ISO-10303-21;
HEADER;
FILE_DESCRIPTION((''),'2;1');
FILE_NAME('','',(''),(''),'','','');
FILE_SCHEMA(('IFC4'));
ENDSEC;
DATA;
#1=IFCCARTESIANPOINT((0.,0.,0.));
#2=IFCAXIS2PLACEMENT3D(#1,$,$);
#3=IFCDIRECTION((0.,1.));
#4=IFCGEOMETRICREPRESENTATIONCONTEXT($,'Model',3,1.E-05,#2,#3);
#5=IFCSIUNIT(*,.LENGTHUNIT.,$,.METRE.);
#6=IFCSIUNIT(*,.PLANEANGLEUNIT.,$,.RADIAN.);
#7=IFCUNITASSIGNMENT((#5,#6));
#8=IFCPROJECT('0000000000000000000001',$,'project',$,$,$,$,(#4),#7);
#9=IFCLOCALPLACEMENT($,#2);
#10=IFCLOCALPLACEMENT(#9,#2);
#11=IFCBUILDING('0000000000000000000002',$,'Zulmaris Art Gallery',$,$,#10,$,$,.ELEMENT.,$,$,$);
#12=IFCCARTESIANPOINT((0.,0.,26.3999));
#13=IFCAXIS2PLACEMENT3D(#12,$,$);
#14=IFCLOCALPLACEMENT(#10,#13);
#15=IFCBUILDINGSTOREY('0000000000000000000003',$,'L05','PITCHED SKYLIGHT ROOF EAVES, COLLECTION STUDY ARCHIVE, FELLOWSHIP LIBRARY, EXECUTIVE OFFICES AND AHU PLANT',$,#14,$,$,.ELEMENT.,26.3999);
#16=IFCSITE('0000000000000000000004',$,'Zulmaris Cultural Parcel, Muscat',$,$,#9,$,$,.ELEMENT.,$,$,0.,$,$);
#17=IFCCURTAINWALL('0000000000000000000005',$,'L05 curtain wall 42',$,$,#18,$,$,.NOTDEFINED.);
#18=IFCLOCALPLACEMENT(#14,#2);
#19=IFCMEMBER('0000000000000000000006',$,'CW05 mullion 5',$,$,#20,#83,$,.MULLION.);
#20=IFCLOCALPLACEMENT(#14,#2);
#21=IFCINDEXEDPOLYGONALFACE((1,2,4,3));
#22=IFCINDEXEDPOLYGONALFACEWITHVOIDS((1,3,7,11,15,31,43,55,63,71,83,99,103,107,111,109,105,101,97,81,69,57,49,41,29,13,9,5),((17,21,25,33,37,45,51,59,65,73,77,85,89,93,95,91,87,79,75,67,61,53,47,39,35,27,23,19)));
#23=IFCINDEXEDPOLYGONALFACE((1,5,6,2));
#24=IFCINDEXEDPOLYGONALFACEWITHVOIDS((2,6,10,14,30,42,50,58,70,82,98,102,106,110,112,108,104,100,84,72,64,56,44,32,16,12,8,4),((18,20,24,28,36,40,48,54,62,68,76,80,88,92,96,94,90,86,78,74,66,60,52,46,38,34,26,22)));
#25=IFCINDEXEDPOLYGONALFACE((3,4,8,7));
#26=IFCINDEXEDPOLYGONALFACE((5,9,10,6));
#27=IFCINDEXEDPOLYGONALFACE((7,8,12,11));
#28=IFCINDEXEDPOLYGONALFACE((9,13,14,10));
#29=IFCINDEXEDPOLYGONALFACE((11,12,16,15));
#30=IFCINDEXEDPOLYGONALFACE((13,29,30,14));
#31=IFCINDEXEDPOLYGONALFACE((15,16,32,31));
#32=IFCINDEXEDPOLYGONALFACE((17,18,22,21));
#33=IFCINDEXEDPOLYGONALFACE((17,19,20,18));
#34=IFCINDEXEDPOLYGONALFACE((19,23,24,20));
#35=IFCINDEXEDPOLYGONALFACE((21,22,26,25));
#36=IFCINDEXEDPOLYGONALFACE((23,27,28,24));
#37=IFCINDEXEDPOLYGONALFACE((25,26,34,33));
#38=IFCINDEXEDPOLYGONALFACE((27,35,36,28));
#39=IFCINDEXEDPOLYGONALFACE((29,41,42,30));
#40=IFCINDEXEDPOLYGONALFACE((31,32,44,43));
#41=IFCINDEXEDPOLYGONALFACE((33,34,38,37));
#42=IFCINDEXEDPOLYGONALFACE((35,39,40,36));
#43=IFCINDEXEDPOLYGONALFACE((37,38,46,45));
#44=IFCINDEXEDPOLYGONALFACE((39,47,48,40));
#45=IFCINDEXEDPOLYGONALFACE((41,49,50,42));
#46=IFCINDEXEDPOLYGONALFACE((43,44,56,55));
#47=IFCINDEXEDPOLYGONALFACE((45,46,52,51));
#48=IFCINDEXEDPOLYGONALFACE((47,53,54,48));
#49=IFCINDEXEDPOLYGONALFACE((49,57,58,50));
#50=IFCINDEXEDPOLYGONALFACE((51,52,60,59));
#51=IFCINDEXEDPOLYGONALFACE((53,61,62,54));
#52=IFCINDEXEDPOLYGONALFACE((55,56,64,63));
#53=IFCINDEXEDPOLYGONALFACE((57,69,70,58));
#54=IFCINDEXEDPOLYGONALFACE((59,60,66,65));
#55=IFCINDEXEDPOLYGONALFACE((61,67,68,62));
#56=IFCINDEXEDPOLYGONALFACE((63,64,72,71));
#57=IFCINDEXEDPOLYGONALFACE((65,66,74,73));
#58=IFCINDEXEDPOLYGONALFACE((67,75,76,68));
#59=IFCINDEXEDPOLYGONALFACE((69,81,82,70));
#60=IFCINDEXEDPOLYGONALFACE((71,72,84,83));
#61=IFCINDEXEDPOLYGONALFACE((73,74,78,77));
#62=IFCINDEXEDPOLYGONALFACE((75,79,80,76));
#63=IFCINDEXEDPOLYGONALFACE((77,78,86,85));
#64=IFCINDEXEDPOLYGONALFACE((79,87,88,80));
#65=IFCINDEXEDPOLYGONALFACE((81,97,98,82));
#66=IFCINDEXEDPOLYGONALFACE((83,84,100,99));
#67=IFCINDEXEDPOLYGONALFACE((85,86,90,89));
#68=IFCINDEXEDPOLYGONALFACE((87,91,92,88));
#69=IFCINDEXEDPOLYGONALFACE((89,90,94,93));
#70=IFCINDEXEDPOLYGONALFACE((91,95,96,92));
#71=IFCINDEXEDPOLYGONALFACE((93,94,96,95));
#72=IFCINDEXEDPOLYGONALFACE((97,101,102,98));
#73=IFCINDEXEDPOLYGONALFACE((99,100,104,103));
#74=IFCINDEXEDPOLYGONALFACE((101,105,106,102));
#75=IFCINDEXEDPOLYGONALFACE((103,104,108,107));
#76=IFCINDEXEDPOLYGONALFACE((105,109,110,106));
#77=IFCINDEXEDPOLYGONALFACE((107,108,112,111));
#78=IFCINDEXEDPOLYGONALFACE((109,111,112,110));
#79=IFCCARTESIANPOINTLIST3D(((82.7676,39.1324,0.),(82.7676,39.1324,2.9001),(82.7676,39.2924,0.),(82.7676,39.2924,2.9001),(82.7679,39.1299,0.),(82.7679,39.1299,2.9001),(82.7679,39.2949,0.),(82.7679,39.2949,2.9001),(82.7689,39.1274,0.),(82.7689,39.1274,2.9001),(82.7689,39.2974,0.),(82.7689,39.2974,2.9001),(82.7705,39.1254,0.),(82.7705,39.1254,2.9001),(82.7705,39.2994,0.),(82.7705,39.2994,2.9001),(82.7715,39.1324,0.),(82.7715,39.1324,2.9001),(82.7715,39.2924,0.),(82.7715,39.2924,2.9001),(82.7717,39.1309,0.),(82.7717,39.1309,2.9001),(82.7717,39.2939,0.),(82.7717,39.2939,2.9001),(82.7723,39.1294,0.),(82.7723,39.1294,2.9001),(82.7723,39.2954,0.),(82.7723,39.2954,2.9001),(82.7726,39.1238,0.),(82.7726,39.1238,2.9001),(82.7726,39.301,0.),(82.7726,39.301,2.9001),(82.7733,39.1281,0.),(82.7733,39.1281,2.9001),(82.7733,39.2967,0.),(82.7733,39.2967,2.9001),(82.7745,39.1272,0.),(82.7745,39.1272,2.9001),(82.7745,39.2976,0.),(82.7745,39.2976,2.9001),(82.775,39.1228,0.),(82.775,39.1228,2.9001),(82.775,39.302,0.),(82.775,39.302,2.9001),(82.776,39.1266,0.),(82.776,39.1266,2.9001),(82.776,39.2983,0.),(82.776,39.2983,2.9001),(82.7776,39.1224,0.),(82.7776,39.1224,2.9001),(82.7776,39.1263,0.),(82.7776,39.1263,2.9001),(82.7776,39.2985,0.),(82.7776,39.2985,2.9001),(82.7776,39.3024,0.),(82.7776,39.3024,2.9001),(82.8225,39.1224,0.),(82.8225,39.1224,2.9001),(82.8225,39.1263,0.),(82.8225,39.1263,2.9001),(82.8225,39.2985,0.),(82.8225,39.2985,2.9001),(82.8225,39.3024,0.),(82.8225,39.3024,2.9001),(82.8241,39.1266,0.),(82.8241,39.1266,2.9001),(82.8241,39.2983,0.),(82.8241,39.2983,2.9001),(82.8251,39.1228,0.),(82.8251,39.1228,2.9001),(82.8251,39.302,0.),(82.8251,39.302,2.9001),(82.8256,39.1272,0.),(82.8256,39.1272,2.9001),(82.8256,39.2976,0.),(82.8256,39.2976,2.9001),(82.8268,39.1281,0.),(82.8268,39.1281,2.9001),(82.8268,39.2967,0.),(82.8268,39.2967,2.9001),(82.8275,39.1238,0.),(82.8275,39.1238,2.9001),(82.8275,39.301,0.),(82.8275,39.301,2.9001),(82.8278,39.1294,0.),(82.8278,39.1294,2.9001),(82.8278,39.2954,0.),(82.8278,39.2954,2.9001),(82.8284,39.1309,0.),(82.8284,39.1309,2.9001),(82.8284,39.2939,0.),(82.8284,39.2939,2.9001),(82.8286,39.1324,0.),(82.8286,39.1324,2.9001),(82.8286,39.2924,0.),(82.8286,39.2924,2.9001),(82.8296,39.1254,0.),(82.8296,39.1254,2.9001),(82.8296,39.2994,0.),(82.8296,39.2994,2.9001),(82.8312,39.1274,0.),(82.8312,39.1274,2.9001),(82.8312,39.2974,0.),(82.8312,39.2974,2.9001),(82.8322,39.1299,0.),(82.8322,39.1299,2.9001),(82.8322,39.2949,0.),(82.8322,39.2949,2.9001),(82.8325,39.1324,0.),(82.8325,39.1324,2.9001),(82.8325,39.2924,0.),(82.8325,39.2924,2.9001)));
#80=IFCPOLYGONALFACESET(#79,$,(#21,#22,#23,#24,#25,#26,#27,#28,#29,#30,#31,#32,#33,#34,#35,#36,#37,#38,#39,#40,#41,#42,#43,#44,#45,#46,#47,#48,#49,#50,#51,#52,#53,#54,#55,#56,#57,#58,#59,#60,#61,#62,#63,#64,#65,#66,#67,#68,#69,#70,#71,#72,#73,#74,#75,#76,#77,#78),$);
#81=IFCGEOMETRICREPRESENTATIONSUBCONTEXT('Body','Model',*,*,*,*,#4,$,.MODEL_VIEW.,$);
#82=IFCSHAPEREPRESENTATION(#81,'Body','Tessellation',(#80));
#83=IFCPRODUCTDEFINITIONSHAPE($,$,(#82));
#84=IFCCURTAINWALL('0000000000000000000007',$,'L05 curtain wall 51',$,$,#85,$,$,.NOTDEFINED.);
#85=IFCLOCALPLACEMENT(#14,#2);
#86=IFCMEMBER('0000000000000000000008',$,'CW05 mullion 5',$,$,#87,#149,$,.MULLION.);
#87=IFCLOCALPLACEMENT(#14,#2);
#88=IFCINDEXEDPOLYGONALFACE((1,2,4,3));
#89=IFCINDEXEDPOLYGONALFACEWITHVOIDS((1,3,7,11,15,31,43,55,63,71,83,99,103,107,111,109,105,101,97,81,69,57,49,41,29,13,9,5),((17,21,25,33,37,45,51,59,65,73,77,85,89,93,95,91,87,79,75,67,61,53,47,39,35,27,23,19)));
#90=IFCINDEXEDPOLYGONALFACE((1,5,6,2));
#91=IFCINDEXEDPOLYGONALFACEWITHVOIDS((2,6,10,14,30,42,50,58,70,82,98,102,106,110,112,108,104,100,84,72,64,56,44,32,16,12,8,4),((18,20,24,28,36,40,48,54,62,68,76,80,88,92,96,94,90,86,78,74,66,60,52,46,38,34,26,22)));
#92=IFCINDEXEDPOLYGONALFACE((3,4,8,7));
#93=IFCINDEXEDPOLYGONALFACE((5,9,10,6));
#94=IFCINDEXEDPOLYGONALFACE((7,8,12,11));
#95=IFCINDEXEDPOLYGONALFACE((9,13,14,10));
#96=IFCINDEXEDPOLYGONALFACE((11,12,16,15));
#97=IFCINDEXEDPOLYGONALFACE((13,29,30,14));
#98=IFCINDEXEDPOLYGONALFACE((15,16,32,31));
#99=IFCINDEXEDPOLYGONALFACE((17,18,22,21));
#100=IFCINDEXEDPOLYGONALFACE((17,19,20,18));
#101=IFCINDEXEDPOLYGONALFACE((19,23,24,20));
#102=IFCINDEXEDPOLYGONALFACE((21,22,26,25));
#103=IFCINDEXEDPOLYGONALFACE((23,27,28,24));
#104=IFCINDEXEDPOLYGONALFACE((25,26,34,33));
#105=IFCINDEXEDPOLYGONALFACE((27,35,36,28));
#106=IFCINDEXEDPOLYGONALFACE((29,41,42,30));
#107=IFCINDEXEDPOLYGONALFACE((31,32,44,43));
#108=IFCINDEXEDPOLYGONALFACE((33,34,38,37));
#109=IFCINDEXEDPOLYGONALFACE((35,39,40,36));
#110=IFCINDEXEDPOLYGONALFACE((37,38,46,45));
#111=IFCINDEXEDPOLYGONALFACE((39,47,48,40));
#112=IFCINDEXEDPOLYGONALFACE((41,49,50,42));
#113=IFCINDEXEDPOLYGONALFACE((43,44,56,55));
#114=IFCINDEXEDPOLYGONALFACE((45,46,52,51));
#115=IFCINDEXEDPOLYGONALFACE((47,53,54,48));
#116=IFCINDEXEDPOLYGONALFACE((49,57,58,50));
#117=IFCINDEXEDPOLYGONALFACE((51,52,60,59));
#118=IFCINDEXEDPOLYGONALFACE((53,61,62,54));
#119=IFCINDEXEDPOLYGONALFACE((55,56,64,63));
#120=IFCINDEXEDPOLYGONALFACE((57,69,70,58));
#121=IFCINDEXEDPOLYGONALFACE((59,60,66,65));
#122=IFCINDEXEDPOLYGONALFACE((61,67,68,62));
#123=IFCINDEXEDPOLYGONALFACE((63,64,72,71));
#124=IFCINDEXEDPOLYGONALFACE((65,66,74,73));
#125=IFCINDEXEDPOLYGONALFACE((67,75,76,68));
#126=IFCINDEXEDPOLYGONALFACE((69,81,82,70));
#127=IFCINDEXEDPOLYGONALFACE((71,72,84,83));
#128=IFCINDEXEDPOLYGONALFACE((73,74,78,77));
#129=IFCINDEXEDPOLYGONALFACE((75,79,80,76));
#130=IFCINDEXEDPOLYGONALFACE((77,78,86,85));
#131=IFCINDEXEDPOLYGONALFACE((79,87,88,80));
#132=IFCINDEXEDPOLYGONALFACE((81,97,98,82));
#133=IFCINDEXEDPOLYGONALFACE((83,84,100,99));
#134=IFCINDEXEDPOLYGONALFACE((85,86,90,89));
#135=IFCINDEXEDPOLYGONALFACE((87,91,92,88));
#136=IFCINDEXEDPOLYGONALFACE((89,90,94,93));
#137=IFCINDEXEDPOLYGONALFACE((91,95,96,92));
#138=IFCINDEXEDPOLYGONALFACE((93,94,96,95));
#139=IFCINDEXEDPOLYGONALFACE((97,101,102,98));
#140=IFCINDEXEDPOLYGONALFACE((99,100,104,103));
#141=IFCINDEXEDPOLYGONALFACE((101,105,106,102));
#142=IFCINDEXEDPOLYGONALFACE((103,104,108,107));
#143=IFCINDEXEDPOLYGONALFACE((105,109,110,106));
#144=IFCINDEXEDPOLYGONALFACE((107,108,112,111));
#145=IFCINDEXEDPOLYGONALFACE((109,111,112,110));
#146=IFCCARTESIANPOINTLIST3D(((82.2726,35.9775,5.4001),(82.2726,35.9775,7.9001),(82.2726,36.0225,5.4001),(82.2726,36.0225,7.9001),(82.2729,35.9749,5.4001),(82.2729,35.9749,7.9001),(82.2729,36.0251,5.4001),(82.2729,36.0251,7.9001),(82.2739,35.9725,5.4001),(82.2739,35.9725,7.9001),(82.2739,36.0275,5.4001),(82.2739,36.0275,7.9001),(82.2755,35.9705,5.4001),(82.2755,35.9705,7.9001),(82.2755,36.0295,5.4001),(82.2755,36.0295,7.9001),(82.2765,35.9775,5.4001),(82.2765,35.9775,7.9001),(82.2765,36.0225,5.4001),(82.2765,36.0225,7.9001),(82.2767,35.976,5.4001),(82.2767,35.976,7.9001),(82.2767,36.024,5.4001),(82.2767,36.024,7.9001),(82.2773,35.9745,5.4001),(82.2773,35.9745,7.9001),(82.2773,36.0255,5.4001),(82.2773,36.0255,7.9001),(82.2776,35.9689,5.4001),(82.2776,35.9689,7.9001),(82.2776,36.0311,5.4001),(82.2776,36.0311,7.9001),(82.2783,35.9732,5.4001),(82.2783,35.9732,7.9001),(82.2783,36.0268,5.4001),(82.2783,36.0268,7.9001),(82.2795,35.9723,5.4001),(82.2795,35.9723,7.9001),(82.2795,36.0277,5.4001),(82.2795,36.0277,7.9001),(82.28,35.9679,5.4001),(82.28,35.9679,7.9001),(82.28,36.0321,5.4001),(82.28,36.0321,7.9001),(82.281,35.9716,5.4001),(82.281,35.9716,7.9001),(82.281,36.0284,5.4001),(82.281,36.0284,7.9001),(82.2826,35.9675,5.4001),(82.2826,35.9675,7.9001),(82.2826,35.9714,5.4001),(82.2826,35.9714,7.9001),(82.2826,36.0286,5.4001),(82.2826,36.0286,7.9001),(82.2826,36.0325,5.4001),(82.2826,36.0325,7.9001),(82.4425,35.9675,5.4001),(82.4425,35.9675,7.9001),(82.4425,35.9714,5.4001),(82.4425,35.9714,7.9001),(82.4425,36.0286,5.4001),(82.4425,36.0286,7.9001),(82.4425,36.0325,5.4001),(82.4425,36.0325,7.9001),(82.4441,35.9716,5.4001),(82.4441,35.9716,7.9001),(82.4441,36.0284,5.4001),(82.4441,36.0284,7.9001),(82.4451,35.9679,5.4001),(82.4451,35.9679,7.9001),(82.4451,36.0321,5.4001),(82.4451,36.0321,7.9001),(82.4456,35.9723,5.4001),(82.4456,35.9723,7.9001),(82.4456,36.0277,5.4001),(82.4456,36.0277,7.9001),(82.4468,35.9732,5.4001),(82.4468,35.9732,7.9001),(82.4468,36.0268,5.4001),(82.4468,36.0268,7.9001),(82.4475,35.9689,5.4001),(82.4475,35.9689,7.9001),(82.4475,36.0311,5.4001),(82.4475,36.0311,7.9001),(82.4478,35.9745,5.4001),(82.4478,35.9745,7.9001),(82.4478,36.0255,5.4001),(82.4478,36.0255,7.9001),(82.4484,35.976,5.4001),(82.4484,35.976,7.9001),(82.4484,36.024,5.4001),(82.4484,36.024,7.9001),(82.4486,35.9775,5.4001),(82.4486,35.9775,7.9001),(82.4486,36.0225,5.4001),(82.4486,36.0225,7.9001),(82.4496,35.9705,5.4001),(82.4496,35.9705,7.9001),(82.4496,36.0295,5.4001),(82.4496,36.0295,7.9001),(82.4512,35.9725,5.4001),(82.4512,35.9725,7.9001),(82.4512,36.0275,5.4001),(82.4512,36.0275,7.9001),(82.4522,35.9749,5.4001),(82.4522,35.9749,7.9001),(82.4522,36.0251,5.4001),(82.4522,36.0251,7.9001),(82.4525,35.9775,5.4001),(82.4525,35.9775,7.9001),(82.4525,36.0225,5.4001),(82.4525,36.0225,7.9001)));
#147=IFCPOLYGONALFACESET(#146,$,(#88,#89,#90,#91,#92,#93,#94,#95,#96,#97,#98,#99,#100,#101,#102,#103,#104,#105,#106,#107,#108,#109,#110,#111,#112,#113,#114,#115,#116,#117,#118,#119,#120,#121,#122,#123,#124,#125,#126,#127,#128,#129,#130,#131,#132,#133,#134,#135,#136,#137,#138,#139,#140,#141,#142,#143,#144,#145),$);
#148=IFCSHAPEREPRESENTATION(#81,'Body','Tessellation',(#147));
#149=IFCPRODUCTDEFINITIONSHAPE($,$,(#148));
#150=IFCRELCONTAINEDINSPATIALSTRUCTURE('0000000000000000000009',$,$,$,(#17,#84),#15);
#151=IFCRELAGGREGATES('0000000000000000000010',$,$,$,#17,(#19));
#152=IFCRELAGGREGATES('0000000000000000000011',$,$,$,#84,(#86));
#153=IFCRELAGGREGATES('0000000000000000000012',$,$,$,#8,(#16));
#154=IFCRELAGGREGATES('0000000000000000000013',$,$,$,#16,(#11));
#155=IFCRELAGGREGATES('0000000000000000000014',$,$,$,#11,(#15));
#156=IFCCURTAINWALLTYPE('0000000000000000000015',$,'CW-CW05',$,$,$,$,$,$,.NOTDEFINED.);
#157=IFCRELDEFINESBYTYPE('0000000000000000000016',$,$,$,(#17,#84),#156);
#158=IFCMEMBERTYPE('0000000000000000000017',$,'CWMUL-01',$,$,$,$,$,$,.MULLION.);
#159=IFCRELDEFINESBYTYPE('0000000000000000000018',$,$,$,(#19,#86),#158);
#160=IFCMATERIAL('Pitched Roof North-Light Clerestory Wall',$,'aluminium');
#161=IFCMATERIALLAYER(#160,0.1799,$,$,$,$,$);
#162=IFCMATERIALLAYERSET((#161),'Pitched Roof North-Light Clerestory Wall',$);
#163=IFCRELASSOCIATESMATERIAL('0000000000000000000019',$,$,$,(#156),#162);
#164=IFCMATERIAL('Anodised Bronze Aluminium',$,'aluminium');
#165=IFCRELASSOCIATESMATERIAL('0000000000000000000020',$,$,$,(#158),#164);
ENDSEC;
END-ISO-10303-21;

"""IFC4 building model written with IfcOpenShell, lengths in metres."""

from ifc_helpers import new_model, si_unit, direction, frame, origin, origin_2d, place, context, subcontext, project, spatial, hollow_rectangle, extrude, material, layer, layer_set, material_profile, profile_set, type_object, element, aggregate, save


model = new_model("IFC4")

# Units and contexts
model_context = context("Model", 3, precision=1e-05, world=origin(), true_north=direction((0.0, 1.0)))
body_context = subcontext(model_context, "Body", "Model", "MODEL_VIEW")
ifc_project = project(units=[si_unit("LENGTHUNIT", "METRE"), si_unit("PLANEANGLEUNIT", "RADIAN")], contexts=[model_context])

# Site, building, storey
site_placement = place(None, origin())
site = spatial("IfcSite", under=ifc_project, at=site_placement, Name="Zulmaris Cultural Parcel, Muscat", CompositionType="ELEMENT", RefElevation=0.0)
building_placement = place(site_placement, origin())
building = spatial("IfcBuilding", under=site, at=building_placement, Name="Zulmaris Art Gallery", CompositionType="ELEMENT")
storey_placement = place(building_placement, frame((0.0, 0.0, 26.3999)))
storey = spatial("IfcBuildingStorey", under=building, at=storey_placement, Name="L05", Description="PITCHED SKYLIGHT ROOF EAVES, COLLECTION STUDY ARCHIVE, FELLOWSHIP LIBRARY, EXECUTIVE OFFICES AND AHU PLANT", CompositionType="ELEMENT", Elevation=26.3999)

# Curtain wall, member
ifc_material_1 = material(Name="Pitched Roof North-Light Clerestory Wall", Category="aluminium")
ifc_layer_1 = layer(ifc_material_1, 0.1799)
ifc_layer_set_1 = layer_set([ifc_layer_1], Name="Pitched Roof North-Light Clerestory Wall")
curtain_wall_type = type_object("IfcCurtainWallType", Name="CW-CW05", PredefinedType="NOTDEFINED", material=ifc_layer_set_1)
curtain_wall_1_placement = place(storey_placement, origin())
curtain_wall_1 = element("IfcCurtainWall", 1, at=curtain_wall_1_placement, inside=storey, type_object=curtain_wall_type, Name="L05 curtain wall 42", PredefinedType="NOTDEFINED")
ifc_material_2 = material(Name="Anodised Bronze Aluminium", Category="aluminium")
ifc_material_profile_1 = material_profile(ifc_material_2, hollow_rectangle(XDim=0.0649, YDim=0.1799, WallThickness=0.0039, InnerFilletRadius=0.0061, OuterFilletRadius=0.01, at=origin_2d()), Name="ALU 65x180x4")
ifc_profile_set_1 = profile_set([ifc_material_profile_1], Name="Anodised Bronze Aluminium")
member_type_1 = type_object("IfcMemberType", Name="CWMUL-01", PredefinedType="MULLION", material=ifc_profile_set_1)
member_1_placement = place(storey_placement, frame((82.8, 39.2124, 0.0), z_axis=(0.0, 0.0, 1.0), x_axis=(-1.0, 0.0, 0.0)))
member_1 = element("IfcMember", 2, at=member_1_placement, type_object=member_type_1, Name="CW05 mullion 5", PredefinedType="MULLION", context=body_context, shape_type="SweptSolid", body=[
    extrude(hollow_rectangle(XDim=0.0649, YDim=0.1799, WallThickness=0.0039, InnerFilletRadius=0.0061, OuterFilletRadius=0.01, at=origin_2d()), origin(), (0.0, 0.0, 1.0), 2.9001),
])

# Curtain wall, member
curtain_wall_2_placement = place(storey_placement, origin())
curtain_wall_2 = element("IfcCurtainWall", 3, at=curtain_wall_2_placement, inside=storey, type_object=curtain_wall_type, Name="L05 curtain wall 51", PredefinedType="NOTDEFINED")
member_2_placement = place(storey_placement, frame((82.3625, 36.0, 5.4001), z_axis=(0.0, 0.0, 1.0), x_axis=(0.0, 1.0, 0.0)))
member_2 = element("IfcMember", 4, at=member_2_placement, type_object=member_type_1, Name="CW05 mullion 5", PredefinedType="MULLION", context=body_context, shape_type="SweptSolid", body=[
    extrude(hollow_rectangle(XDim=0.0649, YDim=0.1799, WallThickness=0.0039, InnerFilletRadius=0.0061, OuterFilletRadius=0.01, at=origin_2d()), origin(), (0.0, 0.0, 1.0), 2.5),
])

aggregate(curtain_wall_1, [member_1])

aggregate(curtain_wall_2, [member_2])

save(model, "model.ifc")
